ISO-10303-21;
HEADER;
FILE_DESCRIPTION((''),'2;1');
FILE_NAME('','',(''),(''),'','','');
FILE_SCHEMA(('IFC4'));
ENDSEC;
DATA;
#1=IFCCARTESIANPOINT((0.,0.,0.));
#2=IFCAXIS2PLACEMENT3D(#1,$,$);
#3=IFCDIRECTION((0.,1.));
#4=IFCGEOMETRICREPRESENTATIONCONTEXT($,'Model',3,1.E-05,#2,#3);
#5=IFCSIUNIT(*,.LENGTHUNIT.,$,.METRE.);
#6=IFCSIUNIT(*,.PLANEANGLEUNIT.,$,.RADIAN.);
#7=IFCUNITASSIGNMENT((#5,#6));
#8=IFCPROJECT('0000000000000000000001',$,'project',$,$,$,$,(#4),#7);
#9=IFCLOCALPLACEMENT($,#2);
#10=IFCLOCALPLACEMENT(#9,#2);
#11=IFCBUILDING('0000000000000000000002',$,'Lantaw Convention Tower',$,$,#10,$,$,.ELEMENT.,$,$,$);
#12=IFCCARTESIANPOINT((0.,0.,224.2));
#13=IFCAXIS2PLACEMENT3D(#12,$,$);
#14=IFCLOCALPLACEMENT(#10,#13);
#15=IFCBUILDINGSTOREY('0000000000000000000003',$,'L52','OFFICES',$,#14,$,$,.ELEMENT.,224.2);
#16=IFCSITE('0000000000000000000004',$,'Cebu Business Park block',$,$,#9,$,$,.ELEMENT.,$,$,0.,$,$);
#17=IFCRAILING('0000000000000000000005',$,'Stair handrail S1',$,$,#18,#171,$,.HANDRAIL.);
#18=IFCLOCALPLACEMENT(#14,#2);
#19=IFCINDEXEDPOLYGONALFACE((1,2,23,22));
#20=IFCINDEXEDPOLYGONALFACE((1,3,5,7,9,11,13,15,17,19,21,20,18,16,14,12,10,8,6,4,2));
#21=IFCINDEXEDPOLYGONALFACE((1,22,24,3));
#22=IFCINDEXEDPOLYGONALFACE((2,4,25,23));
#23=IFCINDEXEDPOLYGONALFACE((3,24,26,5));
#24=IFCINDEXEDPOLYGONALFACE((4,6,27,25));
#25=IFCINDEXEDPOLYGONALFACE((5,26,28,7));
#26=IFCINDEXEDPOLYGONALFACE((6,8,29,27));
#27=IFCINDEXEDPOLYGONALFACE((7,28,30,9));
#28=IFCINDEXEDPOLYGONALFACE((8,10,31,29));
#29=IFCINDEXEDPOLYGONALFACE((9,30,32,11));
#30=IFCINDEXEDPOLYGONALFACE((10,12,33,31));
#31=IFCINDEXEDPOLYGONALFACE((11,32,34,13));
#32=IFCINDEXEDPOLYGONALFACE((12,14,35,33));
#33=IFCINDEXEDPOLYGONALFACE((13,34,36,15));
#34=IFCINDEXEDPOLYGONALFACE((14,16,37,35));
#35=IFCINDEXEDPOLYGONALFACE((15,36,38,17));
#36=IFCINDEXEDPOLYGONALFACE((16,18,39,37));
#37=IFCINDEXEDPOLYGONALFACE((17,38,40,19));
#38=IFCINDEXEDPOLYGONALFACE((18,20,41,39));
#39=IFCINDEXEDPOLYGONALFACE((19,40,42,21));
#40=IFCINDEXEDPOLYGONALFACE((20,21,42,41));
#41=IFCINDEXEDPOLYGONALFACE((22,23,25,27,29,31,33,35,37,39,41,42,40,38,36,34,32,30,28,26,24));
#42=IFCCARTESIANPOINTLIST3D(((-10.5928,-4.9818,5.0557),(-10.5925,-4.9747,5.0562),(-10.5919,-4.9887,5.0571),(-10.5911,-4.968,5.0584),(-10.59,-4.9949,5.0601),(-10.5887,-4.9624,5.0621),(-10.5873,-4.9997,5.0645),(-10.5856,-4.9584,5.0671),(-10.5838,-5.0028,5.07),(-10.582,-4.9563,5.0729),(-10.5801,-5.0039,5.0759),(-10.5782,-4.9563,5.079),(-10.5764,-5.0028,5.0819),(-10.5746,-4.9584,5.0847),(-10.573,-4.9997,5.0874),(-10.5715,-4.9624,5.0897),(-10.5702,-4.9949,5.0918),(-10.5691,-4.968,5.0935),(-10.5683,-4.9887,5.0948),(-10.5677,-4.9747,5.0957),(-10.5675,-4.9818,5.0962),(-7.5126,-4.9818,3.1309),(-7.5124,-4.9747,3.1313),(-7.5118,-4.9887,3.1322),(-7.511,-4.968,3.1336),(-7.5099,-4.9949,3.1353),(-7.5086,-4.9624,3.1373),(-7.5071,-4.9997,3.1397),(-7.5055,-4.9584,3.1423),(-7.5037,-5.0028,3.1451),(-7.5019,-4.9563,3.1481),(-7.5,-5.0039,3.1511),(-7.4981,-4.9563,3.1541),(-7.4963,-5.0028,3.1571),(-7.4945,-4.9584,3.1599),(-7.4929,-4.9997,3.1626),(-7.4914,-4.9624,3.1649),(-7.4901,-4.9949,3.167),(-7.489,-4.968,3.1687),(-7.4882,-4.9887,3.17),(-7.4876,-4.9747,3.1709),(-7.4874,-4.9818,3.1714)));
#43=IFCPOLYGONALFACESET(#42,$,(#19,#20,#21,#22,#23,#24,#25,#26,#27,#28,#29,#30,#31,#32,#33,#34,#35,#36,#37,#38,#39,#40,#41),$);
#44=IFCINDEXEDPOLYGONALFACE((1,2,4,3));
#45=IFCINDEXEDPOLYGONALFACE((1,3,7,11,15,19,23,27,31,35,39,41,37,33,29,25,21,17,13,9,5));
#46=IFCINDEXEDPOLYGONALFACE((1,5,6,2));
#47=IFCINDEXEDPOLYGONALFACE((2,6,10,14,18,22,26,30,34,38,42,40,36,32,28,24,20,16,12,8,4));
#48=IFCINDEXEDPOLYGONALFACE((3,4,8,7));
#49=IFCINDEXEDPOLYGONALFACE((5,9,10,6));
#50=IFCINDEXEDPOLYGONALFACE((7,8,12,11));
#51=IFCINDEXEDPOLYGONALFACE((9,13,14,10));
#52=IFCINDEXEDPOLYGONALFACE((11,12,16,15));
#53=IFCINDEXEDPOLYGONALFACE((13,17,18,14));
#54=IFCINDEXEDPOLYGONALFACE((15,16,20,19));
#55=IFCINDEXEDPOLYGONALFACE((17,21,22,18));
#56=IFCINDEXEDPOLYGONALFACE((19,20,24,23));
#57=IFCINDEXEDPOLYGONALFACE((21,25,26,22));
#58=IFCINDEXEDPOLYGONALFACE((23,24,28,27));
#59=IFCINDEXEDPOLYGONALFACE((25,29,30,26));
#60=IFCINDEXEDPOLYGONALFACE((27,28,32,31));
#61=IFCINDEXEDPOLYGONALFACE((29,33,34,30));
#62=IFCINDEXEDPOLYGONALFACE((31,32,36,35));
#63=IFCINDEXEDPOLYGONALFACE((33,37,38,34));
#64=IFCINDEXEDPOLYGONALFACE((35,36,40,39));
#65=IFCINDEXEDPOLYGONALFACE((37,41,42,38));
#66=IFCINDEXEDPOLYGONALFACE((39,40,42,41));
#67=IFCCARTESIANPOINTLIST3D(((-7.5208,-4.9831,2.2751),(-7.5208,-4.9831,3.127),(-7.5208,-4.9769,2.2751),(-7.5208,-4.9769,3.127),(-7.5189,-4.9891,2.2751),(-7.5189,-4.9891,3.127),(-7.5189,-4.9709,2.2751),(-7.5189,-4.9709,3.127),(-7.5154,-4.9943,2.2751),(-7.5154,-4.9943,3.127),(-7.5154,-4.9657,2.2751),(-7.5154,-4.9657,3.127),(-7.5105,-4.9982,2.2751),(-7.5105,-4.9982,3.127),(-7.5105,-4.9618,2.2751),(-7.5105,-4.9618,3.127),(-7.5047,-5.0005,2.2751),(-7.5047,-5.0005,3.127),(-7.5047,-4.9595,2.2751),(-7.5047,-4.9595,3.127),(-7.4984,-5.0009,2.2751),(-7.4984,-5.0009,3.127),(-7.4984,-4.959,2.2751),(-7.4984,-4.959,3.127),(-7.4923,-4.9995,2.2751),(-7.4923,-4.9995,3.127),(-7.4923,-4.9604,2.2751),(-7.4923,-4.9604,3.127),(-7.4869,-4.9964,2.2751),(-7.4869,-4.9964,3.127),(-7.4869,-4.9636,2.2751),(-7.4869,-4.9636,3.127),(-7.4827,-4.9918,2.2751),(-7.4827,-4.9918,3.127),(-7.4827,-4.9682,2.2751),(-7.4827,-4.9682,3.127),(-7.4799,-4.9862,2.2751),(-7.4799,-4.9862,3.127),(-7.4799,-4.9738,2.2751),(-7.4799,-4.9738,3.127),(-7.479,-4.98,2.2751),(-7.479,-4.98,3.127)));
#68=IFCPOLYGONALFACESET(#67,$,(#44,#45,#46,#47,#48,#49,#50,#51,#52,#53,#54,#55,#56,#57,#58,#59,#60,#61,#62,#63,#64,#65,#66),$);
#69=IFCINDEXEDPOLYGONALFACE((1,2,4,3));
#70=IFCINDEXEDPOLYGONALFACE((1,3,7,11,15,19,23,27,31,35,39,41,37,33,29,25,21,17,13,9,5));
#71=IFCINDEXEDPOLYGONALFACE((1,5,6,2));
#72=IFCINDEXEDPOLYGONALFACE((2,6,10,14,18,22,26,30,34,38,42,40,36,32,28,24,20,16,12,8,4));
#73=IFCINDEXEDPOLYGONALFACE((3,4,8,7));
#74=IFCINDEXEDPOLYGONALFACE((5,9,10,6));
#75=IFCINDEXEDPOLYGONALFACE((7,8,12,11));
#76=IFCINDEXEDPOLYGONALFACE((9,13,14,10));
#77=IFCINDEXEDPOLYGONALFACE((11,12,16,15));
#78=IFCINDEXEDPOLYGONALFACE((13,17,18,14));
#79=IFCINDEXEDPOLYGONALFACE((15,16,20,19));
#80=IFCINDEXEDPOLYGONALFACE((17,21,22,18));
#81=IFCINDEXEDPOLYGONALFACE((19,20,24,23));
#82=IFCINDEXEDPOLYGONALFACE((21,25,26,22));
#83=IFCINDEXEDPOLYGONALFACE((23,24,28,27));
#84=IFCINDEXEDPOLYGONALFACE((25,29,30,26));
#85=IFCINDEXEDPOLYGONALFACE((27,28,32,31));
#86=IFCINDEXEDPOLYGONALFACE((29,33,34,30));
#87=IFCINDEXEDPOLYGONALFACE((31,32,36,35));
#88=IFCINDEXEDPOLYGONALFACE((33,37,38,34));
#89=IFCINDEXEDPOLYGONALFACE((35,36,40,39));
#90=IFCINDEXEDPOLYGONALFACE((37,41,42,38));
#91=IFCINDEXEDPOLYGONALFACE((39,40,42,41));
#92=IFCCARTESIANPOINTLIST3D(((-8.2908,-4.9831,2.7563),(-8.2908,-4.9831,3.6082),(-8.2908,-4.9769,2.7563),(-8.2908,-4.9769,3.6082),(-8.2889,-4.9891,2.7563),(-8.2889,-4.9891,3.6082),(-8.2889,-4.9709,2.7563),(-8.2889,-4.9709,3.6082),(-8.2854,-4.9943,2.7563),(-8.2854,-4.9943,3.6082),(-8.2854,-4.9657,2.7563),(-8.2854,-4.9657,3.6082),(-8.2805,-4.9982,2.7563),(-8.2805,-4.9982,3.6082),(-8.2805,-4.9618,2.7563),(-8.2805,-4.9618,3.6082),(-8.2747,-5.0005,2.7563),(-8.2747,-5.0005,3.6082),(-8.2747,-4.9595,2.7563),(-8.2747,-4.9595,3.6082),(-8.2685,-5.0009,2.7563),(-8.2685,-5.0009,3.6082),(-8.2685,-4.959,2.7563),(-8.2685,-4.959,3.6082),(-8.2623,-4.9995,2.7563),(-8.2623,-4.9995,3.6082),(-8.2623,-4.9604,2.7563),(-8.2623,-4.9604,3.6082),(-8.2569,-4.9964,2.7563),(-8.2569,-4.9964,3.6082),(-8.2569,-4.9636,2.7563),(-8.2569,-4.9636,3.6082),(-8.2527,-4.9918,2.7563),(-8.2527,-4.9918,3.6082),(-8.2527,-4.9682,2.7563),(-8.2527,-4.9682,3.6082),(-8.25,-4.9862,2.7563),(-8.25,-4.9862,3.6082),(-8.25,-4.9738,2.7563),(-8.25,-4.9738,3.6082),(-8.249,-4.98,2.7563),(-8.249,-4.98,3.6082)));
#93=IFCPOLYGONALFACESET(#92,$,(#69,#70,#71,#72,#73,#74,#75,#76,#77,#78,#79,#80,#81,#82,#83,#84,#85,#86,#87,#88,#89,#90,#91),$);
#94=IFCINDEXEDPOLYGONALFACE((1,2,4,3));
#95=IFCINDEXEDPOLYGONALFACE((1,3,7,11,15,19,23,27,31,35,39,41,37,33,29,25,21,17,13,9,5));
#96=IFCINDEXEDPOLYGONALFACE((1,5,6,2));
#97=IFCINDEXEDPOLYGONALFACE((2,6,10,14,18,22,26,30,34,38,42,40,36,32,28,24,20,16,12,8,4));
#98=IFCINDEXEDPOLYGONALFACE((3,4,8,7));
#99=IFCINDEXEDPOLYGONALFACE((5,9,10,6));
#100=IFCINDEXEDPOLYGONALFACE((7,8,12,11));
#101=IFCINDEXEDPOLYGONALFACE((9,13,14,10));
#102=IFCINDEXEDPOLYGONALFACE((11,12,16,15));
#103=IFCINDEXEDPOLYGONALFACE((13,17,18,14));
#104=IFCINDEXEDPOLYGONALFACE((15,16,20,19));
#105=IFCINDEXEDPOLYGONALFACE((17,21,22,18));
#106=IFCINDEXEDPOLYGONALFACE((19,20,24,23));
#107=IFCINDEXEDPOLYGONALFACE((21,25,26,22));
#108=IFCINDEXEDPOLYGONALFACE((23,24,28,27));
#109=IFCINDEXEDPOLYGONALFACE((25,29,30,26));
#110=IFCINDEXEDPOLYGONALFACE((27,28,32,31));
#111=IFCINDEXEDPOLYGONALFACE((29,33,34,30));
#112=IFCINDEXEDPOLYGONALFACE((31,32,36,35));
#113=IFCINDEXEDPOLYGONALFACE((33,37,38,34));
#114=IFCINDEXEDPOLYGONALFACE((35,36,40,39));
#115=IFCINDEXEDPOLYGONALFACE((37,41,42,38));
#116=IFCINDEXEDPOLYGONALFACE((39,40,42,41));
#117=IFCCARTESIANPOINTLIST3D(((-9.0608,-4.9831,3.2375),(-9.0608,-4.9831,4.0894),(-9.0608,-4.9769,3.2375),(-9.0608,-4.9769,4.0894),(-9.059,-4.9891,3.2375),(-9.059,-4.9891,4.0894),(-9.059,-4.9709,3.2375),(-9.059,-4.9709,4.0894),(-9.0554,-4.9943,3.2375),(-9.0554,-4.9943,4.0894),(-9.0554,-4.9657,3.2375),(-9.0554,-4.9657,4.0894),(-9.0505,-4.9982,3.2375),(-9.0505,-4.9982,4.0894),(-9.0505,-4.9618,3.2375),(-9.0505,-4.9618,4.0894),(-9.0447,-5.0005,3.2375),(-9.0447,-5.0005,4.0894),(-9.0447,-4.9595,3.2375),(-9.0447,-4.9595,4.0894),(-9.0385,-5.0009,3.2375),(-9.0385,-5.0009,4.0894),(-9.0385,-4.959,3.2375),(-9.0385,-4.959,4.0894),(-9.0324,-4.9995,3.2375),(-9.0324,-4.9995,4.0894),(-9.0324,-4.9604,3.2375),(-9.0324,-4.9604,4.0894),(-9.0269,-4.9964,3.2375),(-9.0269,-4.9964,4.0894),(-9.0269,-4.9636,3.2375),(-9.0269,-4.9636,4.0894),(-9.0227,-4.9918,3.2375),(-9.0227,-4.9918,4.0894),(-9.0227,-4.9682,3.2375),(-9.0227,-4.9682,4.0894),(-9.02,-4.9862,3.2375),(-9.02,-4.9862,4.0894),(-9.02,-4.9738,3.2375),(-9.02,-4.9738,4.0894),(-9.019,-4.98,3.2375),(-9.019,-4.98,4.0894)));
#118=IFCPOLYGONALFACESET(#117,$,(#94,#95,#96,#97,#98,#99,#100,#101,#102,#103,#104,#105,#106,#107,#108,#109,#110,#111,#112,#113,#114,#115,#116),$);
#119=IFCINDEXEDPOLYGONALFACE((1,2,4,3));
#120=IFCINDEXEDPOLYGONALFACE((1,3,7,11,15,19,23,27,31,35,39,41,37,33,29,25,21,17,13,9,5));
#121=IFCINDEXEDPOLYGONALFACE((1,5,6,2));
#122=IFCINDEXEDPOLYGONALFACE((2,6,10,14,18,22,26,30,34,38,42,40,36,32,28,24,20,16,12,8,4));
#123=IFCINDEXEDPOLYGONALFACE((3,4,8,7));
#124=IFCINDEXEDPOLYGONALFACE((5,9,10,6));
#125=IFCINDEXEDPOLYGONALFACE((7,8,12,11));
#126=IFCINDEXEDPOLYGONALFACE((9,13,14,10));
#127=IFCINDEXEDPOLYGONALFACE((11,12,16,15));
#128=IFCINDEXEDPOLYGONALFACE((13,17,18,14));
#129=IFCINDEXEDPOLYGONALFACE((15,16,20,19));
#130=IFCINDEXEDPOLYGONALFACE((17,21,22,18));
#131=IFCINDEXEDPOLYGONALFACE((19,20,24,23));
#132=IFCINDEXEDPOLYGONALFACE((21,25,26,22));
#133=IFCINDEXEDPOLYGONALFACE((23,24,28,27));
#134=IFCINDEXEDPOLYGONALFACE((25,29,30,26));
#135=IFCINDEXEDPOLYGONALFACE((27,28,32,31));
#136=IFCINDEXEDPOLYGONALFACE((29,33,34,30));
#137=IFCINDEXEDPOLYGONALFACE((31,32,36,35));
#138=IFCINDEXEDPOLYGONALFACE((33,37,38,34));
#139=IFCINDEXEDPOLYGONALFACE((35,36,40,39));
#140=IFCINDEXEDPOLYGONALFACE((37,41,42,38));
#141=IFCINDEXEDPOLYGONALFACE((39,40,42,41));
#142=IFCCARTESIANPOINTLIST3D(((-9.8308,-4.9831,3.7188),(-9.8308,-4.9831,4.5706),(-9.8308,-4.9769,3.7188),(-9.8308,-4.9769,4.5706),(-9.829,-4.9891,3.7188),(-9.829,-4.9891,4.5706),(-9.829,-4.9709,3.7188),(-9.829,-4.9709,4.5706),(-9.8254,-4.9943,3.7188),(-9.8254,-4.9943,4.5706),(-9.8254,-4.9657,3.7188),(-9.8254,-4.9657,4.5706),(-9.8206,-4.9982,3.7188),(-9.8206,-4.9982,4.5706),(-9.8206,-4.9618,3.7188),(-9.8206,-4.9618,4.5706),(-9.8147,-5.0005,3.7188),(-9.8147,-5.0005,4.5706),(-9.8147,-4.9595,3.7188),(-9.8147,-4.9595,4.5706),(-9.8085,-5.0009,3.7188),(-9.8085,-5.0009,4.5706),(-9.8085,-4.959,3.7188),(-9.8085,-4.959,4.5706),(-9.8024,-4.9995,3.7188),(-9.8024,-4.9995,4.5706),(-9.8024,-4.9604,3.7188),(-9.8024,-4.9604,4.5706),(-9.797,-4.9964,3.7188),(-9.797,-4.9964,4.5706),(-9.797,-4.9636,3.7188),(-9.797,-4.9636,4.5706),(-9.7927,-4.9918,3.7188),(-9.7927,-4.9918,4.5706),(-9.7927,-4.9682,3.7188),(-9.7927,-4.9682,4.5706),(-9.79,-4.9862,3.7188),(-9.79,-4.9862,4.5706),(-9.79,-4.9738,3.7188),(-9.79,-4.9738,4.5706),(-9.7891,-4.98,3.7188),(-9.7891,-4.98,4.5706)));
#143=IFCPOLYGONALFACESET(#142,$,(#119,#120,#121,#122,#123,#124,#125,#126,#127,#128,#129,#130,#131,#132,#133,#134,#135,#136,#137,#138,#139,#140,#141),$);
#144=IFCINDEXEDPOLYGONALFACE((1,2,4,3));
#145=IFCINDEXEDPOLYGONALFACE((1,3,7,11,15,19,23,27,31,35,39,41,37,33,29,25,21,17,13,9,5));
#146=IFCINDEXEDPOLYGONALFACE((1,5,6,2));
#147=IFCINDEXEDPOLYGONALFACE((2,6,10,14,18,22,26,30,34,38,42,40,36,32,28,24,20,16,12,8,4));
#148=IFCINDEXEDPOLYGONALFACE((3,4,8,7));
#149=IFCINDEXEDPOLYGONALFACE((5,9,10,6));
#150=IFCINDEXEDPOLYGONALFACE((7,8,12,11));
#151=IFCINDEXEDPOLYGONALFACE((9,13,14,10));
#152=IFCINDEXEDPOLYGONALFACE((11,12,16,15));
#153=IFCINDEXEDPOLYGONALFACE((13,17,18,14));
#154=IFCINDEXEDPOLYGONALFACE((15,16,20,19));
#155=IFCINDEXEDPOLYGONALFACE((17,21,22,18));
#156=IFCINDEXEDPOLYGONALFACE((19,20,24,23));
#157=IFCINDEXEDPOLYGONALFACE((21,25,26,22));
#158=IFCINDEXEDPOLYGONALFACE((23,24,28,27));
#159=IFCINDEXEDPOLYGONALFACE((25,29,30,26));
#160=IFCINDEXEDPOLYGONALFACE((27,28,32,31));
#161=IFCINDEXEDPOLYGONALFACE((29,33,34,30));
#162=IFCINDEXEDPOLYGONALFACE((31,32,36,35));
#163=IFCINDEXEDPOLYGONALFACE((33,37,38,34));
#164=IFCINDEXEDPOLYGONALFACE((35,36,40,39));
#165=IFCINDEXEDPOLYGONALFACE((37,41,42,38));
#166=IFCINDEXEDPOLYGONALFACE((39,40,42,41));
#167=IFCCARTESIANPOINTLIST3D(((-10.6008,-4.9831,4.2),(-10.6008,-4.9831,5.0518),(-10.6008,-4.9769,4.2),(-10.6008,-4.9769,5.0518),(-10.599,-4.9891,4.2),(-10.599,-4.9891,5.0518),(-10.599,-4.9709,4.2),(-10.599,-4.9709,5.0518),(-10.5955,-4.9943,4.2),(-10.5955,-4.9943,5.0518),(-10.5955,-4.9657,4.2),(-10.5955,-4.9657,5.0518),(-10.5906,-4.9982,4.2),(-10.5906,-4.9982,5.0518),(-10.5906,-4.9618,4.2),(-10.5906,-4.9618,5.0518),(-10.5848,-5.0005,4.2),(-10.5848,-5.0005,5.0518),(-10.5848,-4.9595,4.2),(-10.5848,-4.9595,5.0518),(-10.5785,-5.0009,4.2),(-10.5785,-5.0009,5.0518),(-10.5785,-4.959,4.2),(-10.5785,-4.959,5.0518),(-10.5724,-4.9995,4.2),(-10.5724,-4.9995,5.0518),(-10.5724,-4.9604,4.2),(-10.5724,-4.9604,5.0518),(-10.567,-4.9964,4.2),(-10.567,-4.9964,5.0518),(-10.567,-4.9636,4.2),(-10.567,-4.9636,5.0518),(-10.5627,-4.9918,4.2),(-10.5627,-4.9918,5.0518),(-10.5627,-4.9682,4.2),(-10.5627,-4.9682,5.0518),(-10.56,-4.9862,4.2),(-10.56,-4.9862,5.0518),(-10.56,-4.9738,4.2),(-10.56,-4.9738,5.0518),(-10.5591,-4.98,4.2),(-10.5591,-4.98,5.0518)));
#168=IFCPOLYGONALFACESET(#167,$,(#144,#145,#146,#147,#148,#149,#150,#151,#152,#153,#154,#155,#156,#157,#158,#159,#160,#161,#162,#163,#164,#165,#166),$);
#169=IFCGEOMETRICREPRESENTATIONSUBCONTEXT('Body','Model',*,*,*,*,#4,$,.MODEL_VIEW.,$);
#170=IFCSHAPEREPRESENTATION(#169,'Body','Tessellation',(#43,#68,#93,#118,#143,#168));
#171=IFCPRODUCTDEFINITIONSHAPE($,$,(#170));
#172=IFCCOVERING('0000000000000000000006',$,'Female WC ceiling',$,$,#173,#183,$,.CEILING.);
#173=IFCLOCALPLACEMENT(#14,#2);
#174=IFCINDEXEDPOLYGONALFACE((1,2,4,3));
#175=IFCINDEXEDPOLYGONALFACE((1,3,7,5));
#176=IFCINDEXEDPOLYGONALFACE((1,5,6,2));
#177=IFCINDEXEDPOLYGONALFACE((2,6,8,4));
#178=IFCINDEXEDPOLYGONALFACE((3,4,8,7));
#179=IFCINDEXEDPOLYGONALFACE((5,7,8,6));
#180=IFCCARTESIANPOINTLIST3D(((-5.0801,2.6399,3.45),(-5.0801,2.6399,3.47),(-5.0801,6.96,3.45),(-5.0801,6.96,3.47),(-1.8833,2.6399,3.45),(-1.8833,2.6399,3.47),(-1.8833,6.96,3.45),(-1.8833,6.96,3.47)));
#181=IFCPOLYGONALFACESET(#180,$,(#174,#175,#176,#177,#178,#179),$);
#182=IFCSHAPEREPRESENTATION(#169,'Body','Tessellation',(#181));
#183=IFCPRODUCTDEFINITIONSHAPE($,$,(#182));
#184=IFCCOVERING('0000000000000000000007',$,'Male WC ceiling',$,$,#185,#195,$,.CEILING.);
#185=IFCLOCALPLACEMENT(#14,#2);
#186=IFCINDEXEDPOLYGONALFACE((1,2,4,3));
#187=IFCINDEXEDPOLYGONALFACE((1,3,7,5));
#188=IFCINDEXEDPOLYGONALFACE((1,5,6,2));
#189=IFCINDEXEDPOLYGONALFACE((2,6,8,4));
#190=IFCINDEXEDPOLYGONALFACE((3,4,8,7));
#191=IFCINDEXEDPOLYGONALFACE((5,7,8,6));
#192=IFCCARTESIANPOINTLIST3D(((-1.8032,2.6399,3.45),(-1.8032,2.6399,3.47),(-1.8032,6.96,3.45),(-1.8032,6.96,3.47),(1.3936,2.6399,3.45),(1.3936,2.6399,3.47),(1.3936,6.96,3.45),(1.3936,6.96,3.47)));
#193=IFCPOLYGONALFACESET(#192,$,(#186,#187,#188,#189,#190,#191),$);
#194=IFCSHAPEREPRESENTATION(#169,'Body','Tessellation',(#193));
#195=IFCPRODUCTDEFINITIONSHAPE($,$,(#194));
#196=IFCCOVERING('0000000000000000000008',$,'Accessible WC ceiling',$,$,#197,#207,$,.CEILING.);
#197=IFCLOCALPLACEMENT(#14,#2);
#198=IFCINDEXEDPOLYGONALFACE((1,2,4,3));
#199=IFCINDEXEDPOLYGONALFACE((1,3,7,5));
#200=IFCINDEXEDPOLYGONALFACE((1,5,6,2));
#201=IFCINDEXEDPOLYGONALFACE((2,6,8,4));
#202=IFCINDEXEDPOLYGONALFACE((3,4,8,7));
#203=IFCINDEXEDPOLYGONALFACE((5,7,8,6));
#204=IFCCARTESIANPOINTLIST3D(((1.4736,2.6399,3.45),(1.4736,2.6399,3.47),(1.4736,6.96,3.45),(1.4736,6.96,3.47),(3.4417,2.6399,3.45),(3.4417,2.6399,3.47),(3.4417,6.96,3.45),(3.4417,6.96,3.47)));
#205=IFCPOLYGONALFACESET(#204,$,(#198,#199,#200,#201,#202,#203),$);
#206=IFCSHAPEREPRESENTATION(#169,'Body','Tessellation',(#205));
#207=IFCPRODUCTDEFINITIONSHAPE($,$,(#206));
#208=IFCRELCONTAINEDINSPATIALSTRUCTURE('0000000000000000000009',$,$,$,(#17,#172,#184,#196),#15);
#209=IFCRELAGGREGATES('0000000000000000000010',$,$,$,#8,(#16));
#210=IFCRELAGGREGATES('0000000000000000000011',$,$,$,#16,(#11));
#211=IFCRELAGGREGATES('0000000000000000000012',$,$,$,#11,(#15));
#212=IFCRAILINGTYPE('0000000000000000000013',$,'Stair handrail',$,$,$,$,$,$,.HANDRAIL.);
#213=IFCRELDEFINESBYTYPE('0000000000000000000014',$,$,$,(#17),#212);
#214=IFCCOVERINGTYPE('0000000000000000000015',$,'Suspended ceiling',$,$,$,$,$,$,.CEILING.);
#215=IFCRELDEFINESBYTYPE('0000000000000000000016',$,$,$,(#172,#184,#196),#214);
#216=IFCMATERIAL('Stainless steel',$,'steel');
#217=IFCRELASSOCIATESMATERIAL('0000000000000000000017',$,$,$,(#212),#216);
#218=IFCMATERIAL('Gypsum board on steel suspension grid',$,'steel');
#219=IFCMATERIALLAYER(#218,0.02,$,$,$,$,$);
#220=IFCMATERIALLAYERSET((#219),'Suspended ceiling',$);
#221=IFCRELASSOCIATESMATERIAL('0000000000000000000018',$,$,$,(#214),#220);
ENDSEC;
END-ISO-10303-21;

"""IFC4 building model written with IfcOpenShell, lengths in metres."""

from ifc_helpers import new_model, si_unit, direction, frame, origin, origin_2d, place, context, subcontext, project, spatial, polyline, circle, outline, extrude, material, layer, layer_set, type_object, element, save


model = new_model("IFC4")

# Units and contexts
model_context = context("Model", 3, precision=1e-05, world=origin(), true_north=direction((0.0, 1.0)))
body_context = subcontext(model_context, "Body", "Model", "MODEL_VIEW")
ifc_project = project(units=[si_unit("LENGTHUNIT", "METRE"), si_unit("PLANEANGLEUNIT", "RADIAN")], contexts=[model_context])

# Site, building, storey
site_placement = place(None, origin())
site = spatial("IfcSite", under=ifc_project, at=site_placement, Name="Cebu Business Park block", CompositionType="ELEMENT", RefElevation=0.0)
building_placement = place(site_placement, origin())
building = spatial("IfcBuilding", under=site, at=building_placement, Name="Lantaw Convention Tower", CompositionType="ELEMENT")
storey_placement = place(building_placement, frame((0.0, 0.0, 224.2)))
storey = spatial("IfcBuildingStorey", under=building, at=storey_placement, Name="L52", Description="OFFICES", CompositionType="ELEMENT", Elevation=224.2)

# Shared definitions
ifc_material_1 = material(Name="Stainless steel", Category="steel")

# Railing
railing_type = type_object("IfcRailingType", Name="Stair handrail", PredefinedType="HANDRAIL", material=ifc_material_1)
railing_1_placement = place(storey_placement, frame((-7.5, -4.98, 2.2751)))
element("IfcRailing", 1, at=railing_1_placement, inside=storey, type_object=railing_type, Name="Stair handrail S1", PredefinedType="HANDRAIL", context=body_context, shape_type="SweptSolid", body=[
    extrude(circle(Radius=0.0239, at=origin_2d()), frame((0.0, 0.0, 0.876), z_axis=(-0.848029, 0.0, 0.529951), x_axis=(0.0, -1.0, 0.0)), (0.0, 0.0, 1.0), 3.6321),
    extrude(circle(Radius=0.021, at=origin_2d()), origin(), (0.0, 0.0, 1.0), 0.8518),
    extrude(circle(Radius=0.021, at=origin_2d()), frame((-0.77, 0.0, 0.4812)), (0.0, 0.0, 1.0), 0.8518),
    extrude(circle(Radius=0.021, at=origin_2d()), frame((-1.54, 0.0, 0.9624)), (0.0, 0.0, 1.0), 0.8518),
    extrude(circle(Radius=0.021, at=origin_2d()), frame((-2.3101, 0.0, 1.4436)), (0.0, 0.0, 1.0), 0.8518),
    extrude(circle(Radius=0.021, at=origin_2d()), frame((-3.0801, 0.0, 1.9248)), (0.0, 0.0, 1.0), 0.8518),
])

# Coverings
ifc_material_2 = material(Name="Gypsum board on steel suspension grid", Category="steel")
ifc_layer_1 = layer(ifc_material_2, 0.02)
ifc_layer_set_1 = layer_set([ifc_layer_1], Name="Suspended ceiling")
covering_type = type_object("IfcCoveringType", Name="Suspended ceiling", PredefinedType="CEILING", material=ifc_layer_set_1)
covering_1_placement = place(storey_placement, frame((0.0, 0.0, 3.45)))
element("IfcCovering", 2, at=covering_1_placement, inside=storey, type_object=covering_type, Name="Female WC ceiling", PredefinedType="CEILING", context=body_context, shape_type="SweptSolid", body=[
    extrude(outline(polyline([(-5.0801, 2.6399), (-1.8833, 2.6399), (-1.8833, 6.96), (-5.0801, 6.96), (-5.0801, 2.6399)])), origin(), (0.0, 0.0, 1.0), 0.02),
])
covering_2_placement = place(storey_placement, frame((0.0, 0.0, 3.45)))
element("IfcCovering", 3, at=covering_2_placement, inside=storey, type_object=covering_type, Name="Male WC ceiling", PredefinedType="CEILING", context=body_context, shape_type="SweptSolid", body=[
    extrude(outline(polyline([(-1.8032, 2.6399), (1.3936, 2.6399), (1.3936, 6.96), (-1.8032, 6.96), (-1.8032, 2.6399)])), origin(), (0.0, 0.0, 1.0), 0.02),
])
covering_3_placement = place(storey_placement, frame((0.0, 0.0, 3.45)))
element("IfcCovering", 4, at=covering_3_placement, inside=storey, type_object=covering_type, Name="Accessible WC ceiling", PredefinedType="CEILING", context=body_context, shape_type="SweptSolid", body=[
    extrude(outline(polyline([(1.4736, 2.6399), (3.4417, 2.6399), (3.4417, 6.96), (1.4736, 6.96), (1.4736, 2.6399)])), origin(), (0.0, 0.0, 1.0), 0.02),
])

save(model, "model.ifc")
